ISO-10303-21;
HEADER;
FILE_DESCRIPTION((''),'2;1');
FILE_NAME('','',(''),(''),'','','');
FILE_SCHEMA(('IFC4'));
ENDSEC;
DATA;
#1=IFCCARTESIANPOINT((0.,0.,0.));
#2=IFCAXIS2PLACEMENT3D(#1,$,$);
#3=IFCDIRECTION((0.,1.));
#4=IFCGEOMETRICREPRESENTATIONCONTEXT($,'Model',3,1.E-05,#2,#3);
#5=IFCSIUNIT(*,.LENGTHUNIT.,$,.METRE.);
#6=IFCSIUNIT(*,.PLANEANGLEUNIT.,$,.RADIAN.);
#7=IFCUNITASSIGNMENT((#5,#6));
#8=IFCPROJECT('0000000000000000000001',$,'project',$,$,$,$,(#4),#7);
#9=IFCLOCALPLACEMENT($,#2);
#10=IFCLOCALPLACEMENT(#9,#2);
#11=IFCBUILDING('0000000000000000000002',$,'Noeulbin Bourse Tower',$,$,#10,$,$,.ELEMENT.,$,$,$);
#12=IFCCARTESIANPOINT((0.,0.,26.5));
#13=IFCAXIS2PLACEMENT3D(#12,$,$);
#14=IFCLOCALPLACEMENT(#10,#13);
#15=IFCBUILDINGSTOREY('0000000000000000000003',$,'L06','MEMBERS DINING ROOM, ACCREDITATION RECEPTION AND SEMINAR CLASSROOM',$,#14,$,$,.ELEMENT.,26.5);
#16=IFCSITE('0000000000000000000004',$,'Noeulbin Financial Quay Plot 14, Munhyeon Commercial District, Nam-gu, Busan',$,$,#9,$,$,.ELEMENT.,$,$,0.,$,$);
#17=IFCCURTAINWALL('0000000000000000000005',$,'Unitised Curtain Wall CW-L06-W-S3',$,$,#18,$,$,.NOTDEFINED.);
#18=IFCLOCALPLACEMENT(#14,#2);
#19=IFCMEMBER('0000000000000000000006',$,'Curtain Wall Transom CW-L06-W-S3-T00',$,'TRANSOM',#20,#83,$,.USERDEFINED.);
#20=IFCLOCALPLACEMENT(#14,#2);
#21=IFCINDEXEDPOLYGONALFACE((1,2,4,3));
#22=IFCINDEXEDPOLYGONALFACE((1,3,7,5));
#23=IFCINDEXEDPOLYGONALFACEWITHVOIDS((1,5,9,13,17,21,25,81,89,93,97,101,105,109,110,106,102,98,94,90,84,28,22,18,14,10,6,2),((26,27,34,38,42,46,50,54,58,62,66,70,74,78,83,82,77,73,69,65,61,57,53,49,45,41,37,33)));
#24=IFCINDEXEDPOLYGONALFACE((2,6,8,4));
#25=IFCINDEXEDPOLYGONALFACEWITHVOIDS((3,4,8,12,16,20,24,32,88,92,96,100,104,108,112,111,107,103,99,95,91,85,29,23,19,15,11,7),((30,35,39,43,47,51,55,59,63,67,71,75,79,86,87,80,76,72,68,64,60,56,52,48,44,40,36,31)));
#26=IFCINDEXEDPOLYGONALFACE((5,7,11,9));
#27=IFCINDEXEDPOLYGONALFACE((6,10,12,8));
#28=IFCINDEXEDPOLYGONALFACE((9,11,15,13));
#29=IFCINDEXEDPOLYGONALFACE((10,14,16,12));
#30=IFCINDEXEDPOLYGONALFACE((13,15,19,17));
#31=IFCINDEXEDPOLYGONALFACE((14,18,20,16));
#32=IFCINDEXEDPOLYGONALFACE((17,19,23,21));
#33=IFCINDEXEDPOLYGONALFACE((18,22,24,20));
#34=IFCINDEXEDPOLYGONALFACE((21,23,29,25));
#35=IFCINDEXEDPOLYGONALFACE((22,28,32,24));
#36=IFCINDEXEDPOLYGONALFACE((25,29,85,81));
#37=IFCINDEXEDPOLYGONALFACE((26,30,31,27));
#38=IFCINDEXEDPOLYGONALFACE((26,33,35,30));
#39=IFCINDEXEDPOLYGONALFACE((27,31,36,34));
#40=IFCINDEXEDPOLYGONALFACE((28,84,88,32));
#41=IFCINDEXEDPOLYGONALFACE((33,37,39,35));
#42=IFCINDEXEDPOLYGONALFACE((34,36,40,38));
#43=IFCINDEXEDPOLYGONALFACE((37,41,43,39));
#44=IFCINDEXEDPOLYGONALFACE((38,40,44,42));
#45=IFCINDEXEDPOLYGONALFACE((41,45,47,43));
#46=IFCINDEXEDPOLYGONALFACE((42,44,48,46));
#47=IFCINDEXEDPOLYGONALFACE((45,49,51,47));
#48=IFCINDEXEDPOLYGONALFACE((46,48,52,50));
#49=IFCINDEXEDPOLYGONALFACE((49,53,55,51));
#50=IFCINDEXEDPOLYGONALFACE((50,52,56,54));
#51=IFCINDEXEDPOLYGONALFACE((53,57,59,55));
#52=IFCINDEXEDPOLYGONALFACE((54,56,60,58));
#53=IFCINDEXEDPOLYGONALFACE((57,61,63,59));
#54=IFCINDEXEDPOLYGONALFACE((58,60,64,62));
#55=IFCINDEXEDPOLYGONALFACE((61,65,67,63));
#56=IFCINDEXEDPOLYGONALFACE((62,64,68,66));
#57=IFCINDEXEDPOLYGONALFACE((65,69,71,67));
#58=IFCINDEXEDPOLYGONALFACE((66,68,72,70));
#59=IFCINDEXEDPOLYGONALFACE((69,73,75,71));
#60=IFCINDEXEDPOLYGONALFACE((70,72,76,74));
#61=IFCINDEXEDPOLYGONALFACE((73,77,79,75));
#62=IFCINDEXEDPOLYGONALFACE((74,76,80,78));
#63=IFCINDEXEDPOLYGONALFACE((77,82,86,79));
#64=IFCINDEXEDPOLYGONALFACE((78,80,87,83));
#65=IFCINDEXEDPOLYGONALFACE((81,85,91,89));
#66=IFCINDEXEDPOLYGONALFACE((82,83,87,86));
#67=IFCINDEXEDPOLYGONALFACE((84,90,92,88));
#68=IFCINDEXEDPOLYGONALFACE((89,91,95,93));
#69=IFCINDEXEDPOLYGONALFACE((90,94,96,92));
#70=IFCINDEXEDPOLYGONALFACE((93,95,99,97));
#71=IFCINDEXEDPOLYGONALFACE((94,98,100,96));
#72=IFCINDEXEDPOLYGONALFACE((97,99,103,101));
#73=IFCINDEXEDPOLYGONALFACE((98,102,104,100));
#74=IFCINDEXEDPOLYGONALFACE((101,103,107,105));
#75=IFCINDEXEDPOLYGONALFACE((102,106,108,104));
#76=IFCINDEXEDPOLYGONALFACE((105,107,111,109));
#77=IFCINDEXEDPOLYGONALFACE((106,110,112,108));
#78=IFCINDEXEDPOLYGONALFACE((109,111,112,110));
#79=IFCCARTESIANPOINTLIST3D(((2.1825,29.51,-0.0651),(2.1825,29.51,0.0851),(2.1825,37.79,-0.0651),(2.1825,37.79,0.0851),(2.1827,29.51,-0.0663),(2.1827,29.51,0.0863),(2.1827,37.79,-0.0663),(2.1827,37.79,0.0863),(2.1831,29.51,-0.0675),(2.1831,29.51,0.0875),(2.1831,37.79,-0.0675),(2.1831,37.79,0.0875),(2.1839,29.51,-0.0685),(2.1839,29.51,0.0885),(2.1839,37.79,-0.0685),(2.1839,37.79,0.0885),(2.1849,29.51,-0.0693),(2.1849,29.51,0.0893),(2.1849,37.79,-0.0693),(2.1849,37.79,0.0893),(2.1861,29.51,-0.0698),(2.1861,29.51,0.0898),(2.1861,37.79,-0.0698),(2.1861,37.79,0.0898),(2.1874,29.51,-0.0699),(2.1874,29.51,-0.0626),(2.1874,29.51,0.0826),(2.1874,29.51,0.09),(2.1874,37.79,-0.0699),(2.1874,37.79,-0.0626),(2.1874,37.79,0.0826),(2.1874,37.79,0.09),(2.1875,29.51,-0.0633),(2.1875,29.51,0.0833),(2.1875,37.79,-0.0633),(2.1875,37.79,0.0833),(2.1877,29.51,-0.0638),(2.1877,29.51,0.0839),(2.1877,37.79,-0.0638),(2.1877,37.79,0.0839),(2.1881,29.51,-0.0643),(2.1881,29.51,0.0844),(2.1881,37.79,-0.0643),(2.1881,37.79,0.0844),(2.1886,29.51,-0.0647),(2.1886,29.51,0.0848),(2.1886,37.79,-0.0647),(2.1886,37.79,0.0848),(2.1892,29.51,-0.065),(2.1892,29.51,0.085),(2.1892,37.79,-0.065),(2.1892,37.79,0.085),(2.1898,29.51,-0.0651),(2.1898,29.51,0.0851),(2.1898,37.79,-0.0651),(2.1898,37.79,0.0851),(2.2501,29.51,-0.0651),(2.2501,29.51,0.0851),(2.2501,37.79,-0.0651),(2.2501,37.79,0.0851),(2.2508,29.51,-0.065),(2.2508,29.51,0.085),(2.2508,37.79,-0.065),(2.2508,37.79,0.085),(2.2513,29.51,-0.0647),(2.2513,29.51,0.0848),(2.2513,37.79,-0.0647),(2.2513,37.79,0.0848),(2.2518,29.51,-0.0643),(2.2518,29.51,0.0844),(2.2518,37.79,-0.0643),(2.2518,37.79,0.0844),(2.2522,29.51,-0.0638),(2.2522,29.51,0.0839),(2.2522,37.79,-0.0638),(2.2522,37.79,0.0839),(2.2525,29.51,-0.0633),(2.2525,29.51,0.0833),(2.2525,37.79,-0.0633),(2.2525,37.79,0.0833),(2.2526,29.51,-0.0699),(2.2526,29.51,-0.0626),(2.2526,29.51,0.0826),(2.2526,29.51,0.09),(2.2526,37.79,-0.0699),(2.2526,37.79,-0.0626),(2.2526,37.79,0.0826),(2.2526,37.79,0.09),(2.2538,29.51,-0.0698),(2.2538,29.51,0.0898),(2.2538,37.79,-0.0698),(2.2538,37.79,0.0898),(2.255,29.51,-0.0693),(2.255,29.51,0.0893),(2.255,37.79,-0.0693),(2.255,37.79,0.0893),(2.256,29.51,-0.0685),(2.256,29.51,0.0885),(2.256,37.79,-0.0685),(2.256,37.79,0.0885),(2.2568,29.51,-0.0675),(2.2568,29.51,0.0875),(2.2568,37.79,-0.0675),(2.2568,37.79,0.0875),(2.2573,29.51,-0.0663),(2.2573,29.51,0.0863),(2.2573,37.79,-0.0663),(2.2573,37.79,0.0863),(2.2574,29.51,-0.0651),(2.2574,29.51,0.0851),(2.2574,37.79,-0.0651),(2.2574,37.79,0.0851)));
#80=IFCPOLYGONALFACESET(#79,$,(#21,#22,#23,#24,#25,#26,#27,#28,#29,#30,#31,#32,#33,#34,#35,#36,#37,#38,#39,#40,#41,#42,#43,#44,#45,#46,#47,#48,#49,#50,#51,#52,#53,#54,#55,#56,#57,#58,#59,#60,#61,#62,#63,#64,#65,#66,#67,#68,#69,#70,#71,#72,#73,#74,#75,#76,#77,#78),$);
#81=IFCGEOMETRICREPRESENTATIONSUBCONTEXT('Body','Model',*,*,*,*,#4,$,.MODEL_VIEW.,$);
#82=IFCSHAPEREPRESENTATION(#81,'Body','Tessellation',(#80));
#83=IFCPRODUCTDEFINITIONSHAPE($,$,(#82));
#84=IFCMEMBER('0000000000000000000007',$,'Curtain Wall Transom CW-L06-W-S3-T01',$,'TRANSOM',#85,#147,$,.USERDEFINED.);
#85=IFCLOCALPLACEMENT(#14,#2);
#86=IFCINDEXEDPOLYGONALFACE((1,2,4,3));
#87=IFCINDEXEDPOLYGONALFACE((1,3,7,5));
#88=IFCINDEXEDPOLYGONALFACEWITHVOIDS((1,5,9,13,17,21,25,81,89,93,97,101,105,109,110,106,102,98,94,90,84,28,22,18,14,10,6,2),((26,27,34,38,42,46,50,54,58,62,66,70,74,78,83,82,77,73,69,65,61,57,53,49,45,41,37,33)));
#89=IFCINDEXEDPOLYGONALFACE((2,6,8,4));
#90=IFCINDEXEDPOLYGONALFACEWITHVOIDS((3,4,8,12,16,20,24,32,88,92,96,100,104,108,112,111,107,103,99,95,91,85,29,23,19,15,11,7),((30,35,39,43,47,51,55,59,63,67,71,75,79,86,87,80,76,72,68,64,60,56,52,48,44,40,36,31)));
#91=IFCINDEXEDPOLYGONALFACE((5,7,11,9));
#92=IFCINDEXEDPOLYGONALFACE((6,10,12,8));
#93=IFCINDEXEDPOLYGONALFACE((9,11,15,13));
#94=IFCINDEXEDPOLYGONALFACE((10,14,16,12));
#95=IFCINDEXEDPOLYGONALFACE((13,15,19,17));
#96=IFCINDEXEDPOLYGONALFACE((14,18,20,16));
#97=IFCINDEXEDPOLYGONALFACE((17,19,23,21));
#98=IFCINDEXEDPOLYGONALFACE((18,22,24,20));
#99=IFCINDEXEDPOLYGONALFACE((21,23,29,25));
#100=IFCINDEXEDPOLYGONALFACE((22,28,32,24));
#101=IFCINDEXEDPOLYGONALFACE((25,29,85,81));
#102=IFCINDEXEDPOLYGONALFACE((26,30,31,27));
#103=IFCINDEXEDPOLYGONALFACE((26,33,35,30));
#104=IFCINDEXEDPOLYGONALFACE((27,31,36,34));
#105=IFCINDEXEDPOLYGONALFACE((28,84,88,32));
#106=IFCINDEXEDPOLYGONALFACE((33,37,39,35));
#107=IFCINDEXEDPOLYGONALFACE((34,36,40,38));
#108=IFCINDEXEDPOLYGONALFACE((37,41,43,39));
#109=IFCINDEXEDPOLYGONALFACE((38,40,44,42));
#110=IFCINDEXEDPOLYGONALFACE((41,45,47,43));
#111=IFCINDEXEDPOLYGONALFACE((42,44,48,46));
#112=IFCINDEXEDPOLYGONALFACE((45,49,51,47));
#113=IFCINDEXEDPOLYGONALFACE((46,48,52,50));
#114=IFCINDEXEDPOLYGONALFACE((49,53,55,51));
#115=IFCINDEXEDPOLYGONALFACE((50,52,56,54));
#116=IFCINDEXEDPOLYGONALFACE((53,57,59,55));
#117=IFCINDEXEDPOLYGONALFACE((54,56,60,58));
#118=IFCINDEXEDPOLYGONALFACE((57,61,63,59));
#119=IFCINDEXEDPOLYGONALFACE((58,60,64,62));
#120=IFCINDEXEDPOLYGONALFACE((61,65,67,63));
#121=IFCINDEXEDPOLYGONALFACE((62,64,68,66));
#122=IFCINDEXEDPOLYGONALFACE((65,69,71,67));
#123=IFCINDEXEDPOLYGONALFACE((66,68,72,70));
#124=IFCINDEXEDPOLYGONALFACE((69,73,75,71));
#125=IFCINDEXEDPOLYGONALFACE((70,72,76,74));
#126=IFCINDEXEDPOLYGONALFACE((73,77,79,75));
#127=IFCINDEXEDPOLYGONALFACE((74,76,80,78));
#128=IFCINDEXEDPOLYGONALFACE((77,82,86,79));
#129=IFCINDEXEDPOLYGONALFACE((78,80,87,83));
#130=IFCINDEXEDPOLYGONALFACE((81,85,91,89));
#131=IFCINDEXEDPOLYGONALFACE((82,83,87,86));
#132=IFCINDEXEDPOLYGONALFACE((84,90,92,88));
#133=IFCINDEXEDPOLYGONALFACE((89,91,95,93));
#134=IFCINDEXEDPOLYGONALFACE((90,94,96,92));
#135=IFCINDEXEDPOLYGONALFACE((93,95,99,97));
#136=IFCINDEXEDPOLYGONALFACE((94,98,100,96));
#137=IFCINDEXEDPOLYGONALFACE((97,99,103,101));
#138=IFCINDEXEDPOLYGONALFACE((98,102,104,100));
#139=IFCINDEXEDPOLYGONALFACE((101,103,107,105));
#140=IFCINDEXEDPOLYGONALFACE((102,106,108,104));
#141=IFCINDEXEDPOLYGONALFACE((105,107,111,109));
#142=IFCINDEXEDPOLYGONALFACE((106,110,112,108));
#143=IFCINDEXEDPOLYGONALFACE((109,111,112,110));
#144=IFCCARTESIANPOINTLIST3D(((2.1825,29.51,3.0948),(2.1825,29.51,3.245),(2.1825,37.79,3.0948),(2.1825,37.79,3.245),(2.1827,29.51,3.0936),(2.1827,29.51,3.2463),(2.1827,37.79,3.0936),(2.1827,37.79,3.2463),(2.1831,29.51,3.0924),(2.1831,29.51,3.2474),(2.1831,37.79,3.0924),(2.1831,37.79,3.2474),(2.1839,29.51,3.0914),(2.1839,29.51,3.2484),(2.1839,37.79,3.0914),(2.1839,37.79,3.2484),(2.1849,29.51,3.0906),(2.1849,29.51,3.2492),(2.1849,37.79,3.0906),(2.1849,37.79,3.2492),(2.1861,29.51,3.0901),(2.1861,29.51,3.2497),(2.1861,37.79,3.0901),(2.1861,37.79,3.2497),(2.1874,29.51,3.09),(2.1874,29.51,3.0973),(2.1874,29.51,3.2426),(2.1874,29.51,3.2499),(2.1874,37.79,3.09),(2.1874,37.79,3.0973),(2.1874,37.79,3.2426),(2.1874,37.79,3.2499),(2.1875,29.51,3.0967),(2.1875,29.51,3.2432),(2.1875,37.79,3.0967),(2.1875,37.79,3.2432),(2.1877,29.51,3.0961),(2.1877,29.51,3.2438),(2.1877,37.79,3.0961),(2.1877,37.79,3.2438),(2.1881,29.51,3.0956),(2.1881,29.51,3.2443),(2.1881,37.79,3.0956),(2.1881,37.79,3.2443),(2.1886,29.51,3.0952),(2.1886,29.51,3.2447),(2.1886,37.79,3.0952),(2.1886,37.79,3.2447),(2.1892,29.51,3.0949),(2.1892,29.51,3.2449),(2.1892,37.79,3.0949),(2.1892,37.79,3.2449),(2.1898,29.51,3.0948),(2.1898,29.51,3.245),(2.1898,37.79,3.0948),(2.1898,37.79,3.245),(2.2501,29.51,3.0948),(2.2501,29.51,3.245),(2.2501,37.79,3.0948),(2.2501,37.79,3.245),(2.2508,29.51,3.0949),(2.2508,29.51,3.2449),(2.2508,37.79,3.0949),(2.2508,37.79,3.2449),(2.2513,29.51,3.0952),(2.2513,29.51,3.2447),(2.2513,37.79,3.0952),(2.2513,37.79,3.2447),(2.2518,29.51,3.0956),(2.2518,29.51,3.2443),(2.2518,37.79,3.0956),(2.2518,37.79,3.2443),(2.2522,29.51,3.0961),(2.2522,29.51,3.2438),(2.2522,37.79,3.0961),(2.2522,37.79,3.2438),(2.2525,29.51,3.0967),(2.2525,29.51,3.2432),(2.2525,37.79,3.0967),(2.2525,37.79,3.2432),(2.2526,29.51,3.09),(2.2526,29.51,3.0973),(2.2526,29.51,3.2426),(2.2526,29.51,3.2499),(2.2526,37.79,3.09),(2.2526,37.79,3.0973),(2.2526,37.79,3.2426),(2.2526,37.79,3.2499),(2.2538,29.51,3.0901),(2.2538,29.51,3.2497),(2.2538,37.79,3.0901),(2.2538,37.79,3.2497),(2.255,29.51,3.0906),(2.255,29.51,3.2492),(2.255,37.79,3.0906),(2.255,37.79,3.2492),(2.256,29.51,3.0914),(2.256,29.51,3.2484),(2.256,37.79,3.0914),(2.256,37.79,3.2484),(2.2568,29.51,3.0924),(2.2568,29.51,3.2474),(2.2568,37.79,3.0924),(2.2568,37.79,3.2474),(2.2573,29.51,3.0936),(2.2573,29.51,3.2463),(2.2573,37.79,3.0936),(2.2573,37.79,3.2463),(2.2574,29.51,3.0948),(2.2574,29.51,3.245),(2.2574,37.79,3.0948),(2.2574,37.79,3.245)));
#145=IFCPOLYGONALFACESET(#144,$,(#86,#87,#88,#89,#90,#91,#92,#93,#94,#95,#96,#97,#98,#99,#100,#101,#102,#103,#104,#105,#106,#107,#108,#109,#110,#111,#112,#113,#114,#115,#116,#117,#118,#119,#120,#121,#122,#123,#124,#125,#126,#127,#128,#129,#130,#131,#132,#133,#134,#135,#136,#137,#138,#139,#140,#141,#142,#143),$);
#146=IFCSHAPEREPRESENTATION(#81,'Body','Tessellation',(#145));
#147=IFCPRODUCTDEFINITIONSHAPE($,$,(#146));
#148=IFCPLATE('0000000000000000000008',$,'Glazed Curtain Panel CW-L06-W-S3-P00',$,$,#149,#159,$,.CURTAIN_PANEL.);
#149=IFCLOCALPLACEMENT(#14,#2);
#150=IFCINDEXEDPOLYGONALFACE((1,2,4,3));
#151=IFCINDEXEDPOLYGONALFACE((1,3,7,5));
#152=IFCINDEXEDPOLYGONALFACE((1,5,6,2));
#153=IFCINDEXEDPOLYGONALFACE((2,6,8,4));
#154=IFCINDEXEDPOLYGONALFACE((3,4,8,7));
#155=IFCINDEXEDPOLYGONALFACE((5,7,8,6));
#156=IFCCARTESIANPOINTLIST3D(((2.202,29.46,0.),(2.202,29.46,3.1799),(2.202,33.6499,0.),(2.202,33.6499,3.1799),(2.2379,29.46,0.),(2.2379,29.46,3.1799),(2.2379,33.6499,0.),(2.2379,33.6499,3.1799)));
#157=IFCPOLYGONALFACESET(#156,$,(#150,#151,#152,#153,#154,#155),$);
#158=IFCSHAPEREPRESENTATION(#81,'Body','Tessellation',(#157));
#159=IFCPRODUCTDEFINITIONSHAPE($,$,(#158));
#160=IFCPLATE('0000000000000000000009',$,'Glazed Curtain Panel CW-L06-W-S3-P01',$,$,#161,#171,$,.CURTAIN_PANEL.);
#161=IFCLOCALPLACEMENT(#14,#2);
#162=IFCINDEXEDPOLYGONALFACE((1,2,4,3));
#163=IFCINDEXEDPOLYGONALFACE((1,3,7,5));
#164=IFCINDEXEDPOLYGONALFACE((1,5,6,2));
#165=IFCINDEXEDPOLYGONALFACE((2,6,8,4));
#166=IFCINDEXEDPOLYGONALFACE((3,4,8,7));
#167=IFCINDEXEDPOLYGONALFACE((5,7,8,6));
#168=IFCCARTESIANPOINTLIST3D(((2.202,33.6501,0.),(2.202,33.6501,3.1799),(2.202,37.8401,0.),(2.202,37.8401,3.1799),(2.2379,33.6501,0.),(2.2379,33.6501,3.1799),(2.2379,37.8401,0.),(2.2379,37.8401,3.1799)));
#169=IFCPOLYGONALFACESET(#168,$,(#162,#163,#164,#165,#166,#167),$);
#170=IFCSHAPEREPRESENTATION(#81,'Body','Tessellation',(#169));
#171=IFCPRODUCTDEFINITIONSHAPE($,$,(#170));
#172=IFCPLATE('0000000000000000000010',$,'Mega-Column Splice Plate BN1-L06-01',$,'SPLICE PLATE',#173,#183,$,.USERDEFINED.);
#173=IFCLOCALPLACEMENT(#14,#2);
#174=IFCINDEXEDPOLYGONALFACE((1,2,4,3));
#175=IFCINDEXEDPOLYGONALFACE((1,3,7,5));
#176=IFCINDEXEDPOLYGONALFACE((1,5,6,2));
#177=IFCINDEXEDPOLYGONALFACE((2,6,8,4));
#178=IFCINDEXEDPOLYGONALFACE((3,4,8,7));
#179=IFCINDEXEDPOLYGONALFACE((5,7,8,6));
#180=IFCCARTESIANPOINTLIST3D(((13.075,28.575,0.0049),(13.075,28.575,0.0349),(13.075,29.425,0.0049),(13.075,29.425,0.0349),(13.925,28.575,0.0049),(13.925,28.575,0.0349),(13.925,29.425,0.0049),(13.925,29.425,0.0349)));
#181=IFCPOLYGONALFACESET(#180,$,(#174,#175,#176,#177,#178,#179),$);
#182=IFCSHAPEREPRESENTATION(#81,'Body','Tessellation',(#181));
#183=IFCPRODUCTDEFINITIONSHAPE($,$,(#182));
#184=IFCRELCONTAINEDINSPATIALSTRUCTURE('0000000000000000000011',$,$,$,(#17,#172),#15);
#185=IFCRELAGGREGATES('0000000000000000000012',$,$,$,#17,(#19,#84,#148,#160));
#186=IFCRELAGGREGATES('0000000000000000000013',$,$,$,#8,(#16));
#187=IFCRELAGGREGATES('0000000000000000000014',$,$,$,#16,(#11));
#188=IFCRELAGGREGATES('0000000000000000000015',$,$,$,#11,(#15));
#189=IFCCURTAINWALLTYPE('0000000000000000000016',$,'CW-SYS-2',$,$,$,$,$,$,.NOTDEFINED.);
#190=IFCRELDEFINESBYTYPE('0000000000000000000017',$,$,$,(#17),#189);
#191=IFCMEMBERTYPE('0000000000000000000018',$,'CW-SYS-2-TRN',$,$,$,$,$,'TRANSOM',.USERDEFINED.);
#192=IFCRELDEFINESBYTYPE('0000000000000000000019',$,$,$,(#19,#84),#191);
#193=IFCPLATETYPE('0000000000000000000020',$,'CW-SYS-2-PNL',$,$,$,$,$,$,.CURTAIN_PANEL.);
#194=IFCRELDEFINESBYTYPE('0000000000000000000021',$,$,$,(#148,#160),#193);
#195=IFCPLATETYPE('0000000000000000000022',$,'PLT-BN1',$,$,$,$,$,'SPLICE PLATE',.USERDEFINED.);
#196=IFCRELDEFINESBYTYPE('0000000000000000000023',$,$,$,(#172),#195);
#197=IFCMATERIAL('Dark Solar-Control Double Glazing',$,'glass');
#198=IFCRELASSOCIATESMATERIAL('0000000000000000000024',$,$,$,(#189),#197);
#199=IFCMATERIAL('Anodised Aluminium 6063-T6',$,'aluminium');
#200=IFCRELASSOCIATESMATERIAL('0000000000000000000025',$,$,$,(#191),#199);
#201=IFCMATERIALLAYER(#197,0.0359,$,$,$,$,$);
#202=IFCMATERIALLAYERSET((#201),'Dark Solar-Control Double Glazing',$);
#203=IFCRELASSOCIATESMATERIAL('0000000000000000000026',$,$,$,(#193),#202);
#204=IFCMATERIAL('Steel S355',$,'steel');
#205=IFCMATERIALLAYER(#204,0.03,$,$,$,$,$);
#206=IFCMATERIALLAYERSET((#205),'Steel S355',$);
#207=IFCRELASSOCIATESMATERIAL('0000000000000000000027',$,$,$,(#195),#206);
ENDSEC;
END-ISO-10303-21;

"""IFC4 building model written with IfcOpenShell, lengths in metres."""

from ifc_helpers import new_model, si_unit, direction, frame, origin, origin_2d, place, context, subcontext, project, spatial, rectangle, hollow_rectangle, extrude, material, layer, layer_set, material_profile, profile_set, type_object, element, aggregate, save


model = new_model("IFC4")

# Units and contexts
model_context = context("Model", 3, precision=1e-05, world=origin(), true_north=direction((0.0, 1.0)))
body_context = subcontext(model_context, "Body", "Model", "MODEL_VIEW")
ifc_project = project(units=[si_unit("LENGTHUNIT", "METRE"), si_unit("PLANEANGLEUNIT", "RADIAN")], contexts=[model_context])

# Site, building, storey
site_placement = place(None, origin())
site = spatial("IfcSite", under=ifc_project, at=site_placement, Name="Noeulbin Financial Quay Plot 14, Munhyeon Commercial District, Nam-gu, Busan", CompositionType="ELEMENT", RefElevation=0.0)
building_placement = place(site_placement, origin())
building = spatial("IfcBuilding", under=site, at=building_placement, Name="Noeulbin Bourse Tower", CompositionType="ELEMENT")
storey_placement = place(building_placement, frame((0.0, 0.0, 26.5)))
storey = spatial("IfcBuildingStorey", under=building, at=storey_placement, Name="L06", Description="MEMBERS DINING ROOM, ACCREDITATION RECEPTION AND SEMINAR CLASSROOM", CompositionType="ELEMENT", Elevation=26.5)

# Shared definitions
ifc_material_1 = material(Name="Steel S355", Category="steel")

# Curtain wall, members, plates
ifc_material_2 = material(Name="Dark Solar-Control Double Glazing", Category="glass")
curtain_wall_type = type_object("IfcCurtainWallType", Name="CW-SYS-2", PredefinedType="NOTDEFINED", material=ifc_material_2)
curtain_wall_placement = place(storey_placement, origin())
curtain_wall = element("IfcCurtainWall", 1, at=curtain_wall_placement, inside=storey, type_object=curtain_wall_type, Name="Unitised Curtain Wall CW-L06-W-S3", PredefinedType="NOTDEFINED")
ifc_material_3 = material(Name="Anodised Aluminium 6063-T6", Category="aluminium")
ifc_material_profile_1 = material_profile(ifc_material_3, hollow_rectangle(XDim=0.075, YDim=0.1599, WallThickness=0.0049, InnerFilletRadius=0.0024, OuterFilletRadius=0.0049, at=origin_2d()), Name="ALU-TRAN-75x160x5", Category="LoadBearing")
ifc_profile_set_1 = profile_set([ifc_material_profile_1], Name="Anodised Aluminium 6063-T6")
member_type_1 = type_object("IfcMemberType", Name="CW-SYS-2-TRN", ElementType="TRANSOM", PredefinedType="USERDEFINED", material=ifc_profile_set_1)
member_1_placement = place(storey_placement, frame((2.22, 29.51, 0.01), z_axis=(0.0, 1.0, 0.0), x_axis=(-1.0, 0.0, 0.0)))
member_1 = element("IfcMember", 2, at=member_1_placement, type_object=member_type_1, Name="Curtain Wall Transom CW-L06-W-S3-T00", ObjectType="TRANSOM", PredefinedType="USERDEFINED", context=body_context, shape_type="SweptSolid", body=[
    extrude(hollow_rectangle(XDim=0.075, YDim=0.1599, WallThickness=0.0049, InnerFilletRadius=0.0024, OuterFilletRadius=0.0049, at=origin_2d()), origin(), (0.0, 0.0, 1.0), 8.28),
])
member_2_placement = place(storey_placement, frame((2.22, 29.51, 3.1699), z_axis=(0.0, 1.0, 0.0), x_axis=(-1.0, 0.0, 0.0)))
member_2 = element("IfcMember", 3, at=member_2_placement, type_object=member_type_1, Name="Curtain Wall Transom CW-L06-W-S3-T01", ObjectType="TRANSOM", PredefinedType="USERDEFINED", context=body_context, shape_type="SweptSolid", body=[
    extrude(hollow_rectangle(XDim=0.075, YDim=0.1599, WallThickness=0.0049, InnerFilletRadius=0.0024, OuterFilletRadius=0.0049, at=origin_2d()), origin(), (0.0, 0.0, 1.0), 8.28),
])
ifc_layer_1 = layer(ifc_material_2, 0.0359)
ifc_layer_set_1 = layer_set([ifc_layer_1], Name="Dark Solar-Control Double Glazing")
plate_type_1 = type_object("IfcPlateType", Name="CW-SYS-2-PNL", PredefinedType="CURTAIN_PANEL", material=ifc_layer_set_1)
plate_1_placement = place(storey_placement, frame((2.22, 31.5549, 0.0), z_axis=(0.0, 0.0, 1.0), x_axis=(0.0, 1.0, 0.0)))
plate_1 = element("IfcPlate", 4, at=plate_1_placement, type_object=plate_type_1, Name="Glazed Curtain Panel CW-L06-W-S3-P00", PredefinedType="CURTAIN_PANEL", context=body_context, shape_type="SweptSolid", body=[
    extrude(rectangle(XDim=4.1899, YDim=0.0359, at=origin_2d()), origin(), (0.0, 0.0, 1.0), 3.1799),
])
plate_2_placement = place(storey_placement, frame((2.22, 35.7451, 0.0), z_axis=(0.0, 0.0, 1.0), x_axis=(0.0, 1.0, 0.0)))
plate_2 = element("IfcPlate", 5, at=plate_2_placement, type_object=plate_type_1, Name="Glazed Curtain Panel CW-L06-W-S3-P01", PredefinedType="CURTAIN_PANEL", context=body_context, shape_type="SweptSolid", body=[
    extrude(rectangle(XDim=4.1899, YDim=0.0359, at=origin_2d()), origin(), (0.0, 0.0, 1.0), 3.1799),
])
aggregate(curtain_wall, [member_1, member_2, plate_1, plate_2])

# Plate
ifc_layer_2 = layer(ifc_material_1, 0.03)
ifc_layer_set_2 = layer_set([ifc_layer_2], Name="Steel S355")
plate_type_2 = type_object("IfcPlateType", Name="PLT-BN1", ElementType="SPLICE PLATE", PredefinedType="USERDEFINED", material=ifc_layer_set_2)
plate_3_placement = place(storey_placement, frame((13.5, 29.0, 0.0049), z_axis=(0.0, 0.0, 1.0), x_axis=(1.0, 0.0, 0.0)))
element("IfcPlate", 6, at=plate_3_placement, inside=storey, type_object=plate_type_2, Name="Mega-Column Splice Plate BN1-L06-01", ObjectType="SPLICE PLATE", PredefinedType="USERDEFINED", context=body_context, shape_type="SweptSolid", body=[
    extrude(rectangle(XDim=0.8501, YDim=0.8501, at=origin_2d()), origin(), (0.0, 0.0, 1.0), 0.03),
])

save(model, "model.ifc")
